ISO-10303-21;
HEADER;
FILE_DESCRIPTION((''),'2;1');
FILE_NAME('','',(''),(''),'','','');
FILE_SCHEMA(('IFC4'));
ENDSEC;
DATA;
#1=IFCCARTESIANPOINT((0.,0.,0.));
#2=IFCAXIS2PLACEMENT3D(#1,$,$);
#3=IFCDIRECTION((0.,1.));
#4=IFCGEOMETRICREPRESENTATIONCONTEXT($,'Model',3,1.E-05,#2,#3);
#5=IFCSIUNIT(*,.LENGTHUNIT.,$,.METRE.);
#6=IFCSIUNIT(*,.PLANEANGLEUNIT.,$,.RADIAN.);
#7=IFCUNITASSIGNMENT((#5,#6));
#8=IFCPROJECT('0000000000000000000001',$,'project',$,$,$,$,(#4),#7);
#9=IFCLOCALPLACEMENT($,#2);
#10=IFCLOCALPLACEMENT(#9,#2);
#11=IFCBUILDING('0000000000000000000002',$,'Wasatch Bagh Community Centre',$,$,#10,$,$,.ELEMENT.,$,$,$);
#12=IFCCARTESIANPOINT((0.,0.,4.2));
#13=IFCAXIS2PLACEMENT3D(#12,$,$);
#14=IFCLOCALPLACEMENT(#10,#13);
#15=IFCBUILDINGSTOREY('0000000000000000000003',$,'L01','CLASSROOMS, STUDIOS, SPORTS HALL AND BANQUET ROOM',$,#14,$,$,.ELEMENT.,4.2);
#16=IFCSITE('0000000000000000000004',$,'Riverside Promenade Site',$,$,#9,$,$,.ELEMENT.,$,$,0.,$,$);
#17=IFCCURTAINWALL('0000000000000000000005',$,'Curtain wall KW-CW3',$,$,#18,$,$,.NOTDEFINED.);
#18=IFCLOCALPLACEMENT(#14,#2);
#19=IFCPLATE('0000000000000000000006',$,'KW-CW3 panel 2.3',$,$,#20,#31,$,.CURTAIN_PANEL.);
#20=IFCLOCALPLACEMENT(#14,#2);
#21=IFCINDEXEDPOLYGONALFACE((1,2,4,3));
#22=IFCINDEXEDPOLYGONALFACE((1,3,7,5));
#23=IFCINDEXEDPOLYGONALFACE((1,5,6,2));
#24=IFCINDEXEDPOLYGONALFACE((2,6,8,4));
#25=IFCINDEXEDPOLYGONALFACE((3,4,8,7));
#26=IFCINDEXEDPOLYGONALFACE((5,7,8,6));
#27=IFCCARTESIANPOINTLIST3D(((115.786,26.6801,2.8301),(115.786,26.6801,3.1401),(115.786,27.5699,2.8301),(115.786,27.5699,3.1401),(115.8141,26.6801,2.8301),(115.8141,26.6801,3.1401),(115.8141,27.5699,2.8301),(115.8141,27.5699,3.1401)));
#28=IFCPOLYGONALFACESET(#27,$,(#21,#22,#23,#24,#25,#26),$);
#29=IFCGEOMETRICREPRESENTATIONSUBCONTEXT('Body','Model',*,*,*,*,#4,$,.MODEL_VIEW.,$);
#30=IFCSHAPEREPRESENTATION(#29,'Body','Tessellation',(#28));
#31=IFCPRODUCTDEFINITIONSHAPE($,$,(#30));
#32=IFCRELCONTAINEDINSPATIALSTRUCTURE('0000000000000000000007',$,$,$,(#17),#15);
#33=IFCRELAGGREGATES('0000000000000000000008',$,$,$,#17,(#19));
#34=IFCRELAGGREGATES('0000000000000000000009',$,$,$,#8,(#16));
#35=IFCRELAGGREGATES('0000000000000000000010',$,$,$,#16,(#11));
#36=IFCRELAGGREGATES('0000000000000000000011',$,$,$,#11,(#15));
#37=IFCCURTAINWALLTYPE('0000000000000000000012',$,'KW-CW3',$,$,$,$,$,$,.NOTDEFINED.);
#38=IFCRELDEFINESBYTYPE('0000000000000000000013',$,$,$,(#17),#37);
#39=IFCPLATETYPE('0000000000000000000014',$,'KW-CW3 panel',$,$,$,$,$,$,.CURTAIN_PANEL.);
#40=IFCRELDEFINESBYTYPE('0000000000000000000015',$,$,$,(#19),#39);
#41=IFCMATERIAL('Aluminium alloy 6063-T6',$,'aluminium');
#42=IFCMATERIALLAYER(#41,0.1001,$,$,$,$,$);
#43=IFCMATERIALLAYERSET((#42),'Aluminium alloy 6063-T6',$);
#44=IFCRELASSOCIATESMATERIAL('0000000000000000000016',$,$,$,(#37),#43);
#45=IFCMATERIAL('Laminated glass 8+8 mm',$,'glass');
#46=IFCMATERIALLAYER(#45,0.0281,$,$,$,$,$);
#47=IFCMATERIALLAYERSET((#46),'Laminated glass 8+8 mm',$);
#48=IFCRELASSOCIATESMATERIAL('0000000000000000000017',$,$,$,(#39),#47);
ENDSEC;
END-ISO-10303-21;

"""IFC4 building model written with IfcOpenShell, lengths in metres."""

from ifc_helpers import new_model, si_unit, direction, frame, origin, origin_2d, place, context, subcontext, project, spatial, rectangle, extrude, material, layer, layer_set, type_object, element, aggregate, save


model = new_model("IFC4")

# Units and contexts
model_context = context("Model", 3, precision=1e-05, world=origin(), true_north=direction((0.0, 1.0)))
body_context = subcontext(model_context, "Body", "Model", "MODEL_VIEW")
ifc_project = project(units=[si_unit("LENGTHUNIT", "METRE"), si_unit("PLANEANGLEUNIT", "RADIAN")], contexts=[model_context])

# Site, building, storey
site_placement = place(None, origin())
site = spatial("IfcSite", under=ifc_project, at=site_placement, Name="Riverside Promenade Site", CompositionType="ELEMENT", RefElevation=0.0)
building_placement = place(site_placement, origin())
building = spatial("IfcBuilding", under=site, at=building_placement, Name="Wasatch Bagh Community Centre", CompositionType="ELEMENT")
storey_placement = place(building_placement, frame((0.0, 0.0, 4.2)))
storey = spatial("IfcBuildingStorey", under=building, at=storey_placement, Name="L01", Description="CLASSROOMS, STUDIOS, SPORTS HALL AND BANQUET ROOM", CompositionType="ELEMENT", Elevation=4.2)

# Curtain wall
ifc_material_1 = material(Name="Aluminium alloy 6063-T6", Category="aluminium")
ifc_layer_1 = layer(ifc_material_1, 0.1001)
ifc_layer_set_1 = layer_set([ifc_layer_1], Name="Aluminium alloy 6063-T6")
curtain_wall_type_1 = type_object("IfcCurtainWallType", Name="KW-CW3", PredefinedType="NOTDEFINED", material=ifc_layer_set_1)
curtain_wall_1_placement = place(storey_placement, origin())
curtain_wall_1 = element("IfcCurtainWall", 1, at=curtain_wall_1_placement, inside=storey, type_object=curtain_wall_type_1, Name="Curtain wall KW-CW3", PredefinedType="NOTDEFINED")

# Plate
ifc_material_2 = material(Name="Laminated glass 8+8 mm", Category="glass")
ifc_layer_2 = layer(ifc_material_2, 0.0281)
ifc_layer_set_2 = layer_set([ifc_layer_2], Name="Laminated glass 8+8 mm")
plate_type_1 = type_object("IfcPlateType", Name="KW-CW3 panel", PredefinedType="CURTAIN_PANEL", material=ifc_layer_set_2)
plate_1_placement = place(storey_placement, frame((115.8, 27.125, 2.8301), z_axis=(0.0, 0.0, 1.0), x_axis=(0.0, 1.0, 0.0)))
plate_1 = element("IfcPlate", 2, at=plate_1_placement, type_object=plate_type_1, Name="KW-CW3 panel 2.3", PredefinedType="CURTAIN_PANEL", context=body_context, shape_type="SweptSolid", body=[
    extrude(rectangle(XDim=0.8899, YDim=0.0281, at=origin_2d()), origin(), (0.0, 0.0, 1.0), 0.3101),
])
aggregate(curtain_wall_1, [plate_1])

save(model, "model.ifc")
